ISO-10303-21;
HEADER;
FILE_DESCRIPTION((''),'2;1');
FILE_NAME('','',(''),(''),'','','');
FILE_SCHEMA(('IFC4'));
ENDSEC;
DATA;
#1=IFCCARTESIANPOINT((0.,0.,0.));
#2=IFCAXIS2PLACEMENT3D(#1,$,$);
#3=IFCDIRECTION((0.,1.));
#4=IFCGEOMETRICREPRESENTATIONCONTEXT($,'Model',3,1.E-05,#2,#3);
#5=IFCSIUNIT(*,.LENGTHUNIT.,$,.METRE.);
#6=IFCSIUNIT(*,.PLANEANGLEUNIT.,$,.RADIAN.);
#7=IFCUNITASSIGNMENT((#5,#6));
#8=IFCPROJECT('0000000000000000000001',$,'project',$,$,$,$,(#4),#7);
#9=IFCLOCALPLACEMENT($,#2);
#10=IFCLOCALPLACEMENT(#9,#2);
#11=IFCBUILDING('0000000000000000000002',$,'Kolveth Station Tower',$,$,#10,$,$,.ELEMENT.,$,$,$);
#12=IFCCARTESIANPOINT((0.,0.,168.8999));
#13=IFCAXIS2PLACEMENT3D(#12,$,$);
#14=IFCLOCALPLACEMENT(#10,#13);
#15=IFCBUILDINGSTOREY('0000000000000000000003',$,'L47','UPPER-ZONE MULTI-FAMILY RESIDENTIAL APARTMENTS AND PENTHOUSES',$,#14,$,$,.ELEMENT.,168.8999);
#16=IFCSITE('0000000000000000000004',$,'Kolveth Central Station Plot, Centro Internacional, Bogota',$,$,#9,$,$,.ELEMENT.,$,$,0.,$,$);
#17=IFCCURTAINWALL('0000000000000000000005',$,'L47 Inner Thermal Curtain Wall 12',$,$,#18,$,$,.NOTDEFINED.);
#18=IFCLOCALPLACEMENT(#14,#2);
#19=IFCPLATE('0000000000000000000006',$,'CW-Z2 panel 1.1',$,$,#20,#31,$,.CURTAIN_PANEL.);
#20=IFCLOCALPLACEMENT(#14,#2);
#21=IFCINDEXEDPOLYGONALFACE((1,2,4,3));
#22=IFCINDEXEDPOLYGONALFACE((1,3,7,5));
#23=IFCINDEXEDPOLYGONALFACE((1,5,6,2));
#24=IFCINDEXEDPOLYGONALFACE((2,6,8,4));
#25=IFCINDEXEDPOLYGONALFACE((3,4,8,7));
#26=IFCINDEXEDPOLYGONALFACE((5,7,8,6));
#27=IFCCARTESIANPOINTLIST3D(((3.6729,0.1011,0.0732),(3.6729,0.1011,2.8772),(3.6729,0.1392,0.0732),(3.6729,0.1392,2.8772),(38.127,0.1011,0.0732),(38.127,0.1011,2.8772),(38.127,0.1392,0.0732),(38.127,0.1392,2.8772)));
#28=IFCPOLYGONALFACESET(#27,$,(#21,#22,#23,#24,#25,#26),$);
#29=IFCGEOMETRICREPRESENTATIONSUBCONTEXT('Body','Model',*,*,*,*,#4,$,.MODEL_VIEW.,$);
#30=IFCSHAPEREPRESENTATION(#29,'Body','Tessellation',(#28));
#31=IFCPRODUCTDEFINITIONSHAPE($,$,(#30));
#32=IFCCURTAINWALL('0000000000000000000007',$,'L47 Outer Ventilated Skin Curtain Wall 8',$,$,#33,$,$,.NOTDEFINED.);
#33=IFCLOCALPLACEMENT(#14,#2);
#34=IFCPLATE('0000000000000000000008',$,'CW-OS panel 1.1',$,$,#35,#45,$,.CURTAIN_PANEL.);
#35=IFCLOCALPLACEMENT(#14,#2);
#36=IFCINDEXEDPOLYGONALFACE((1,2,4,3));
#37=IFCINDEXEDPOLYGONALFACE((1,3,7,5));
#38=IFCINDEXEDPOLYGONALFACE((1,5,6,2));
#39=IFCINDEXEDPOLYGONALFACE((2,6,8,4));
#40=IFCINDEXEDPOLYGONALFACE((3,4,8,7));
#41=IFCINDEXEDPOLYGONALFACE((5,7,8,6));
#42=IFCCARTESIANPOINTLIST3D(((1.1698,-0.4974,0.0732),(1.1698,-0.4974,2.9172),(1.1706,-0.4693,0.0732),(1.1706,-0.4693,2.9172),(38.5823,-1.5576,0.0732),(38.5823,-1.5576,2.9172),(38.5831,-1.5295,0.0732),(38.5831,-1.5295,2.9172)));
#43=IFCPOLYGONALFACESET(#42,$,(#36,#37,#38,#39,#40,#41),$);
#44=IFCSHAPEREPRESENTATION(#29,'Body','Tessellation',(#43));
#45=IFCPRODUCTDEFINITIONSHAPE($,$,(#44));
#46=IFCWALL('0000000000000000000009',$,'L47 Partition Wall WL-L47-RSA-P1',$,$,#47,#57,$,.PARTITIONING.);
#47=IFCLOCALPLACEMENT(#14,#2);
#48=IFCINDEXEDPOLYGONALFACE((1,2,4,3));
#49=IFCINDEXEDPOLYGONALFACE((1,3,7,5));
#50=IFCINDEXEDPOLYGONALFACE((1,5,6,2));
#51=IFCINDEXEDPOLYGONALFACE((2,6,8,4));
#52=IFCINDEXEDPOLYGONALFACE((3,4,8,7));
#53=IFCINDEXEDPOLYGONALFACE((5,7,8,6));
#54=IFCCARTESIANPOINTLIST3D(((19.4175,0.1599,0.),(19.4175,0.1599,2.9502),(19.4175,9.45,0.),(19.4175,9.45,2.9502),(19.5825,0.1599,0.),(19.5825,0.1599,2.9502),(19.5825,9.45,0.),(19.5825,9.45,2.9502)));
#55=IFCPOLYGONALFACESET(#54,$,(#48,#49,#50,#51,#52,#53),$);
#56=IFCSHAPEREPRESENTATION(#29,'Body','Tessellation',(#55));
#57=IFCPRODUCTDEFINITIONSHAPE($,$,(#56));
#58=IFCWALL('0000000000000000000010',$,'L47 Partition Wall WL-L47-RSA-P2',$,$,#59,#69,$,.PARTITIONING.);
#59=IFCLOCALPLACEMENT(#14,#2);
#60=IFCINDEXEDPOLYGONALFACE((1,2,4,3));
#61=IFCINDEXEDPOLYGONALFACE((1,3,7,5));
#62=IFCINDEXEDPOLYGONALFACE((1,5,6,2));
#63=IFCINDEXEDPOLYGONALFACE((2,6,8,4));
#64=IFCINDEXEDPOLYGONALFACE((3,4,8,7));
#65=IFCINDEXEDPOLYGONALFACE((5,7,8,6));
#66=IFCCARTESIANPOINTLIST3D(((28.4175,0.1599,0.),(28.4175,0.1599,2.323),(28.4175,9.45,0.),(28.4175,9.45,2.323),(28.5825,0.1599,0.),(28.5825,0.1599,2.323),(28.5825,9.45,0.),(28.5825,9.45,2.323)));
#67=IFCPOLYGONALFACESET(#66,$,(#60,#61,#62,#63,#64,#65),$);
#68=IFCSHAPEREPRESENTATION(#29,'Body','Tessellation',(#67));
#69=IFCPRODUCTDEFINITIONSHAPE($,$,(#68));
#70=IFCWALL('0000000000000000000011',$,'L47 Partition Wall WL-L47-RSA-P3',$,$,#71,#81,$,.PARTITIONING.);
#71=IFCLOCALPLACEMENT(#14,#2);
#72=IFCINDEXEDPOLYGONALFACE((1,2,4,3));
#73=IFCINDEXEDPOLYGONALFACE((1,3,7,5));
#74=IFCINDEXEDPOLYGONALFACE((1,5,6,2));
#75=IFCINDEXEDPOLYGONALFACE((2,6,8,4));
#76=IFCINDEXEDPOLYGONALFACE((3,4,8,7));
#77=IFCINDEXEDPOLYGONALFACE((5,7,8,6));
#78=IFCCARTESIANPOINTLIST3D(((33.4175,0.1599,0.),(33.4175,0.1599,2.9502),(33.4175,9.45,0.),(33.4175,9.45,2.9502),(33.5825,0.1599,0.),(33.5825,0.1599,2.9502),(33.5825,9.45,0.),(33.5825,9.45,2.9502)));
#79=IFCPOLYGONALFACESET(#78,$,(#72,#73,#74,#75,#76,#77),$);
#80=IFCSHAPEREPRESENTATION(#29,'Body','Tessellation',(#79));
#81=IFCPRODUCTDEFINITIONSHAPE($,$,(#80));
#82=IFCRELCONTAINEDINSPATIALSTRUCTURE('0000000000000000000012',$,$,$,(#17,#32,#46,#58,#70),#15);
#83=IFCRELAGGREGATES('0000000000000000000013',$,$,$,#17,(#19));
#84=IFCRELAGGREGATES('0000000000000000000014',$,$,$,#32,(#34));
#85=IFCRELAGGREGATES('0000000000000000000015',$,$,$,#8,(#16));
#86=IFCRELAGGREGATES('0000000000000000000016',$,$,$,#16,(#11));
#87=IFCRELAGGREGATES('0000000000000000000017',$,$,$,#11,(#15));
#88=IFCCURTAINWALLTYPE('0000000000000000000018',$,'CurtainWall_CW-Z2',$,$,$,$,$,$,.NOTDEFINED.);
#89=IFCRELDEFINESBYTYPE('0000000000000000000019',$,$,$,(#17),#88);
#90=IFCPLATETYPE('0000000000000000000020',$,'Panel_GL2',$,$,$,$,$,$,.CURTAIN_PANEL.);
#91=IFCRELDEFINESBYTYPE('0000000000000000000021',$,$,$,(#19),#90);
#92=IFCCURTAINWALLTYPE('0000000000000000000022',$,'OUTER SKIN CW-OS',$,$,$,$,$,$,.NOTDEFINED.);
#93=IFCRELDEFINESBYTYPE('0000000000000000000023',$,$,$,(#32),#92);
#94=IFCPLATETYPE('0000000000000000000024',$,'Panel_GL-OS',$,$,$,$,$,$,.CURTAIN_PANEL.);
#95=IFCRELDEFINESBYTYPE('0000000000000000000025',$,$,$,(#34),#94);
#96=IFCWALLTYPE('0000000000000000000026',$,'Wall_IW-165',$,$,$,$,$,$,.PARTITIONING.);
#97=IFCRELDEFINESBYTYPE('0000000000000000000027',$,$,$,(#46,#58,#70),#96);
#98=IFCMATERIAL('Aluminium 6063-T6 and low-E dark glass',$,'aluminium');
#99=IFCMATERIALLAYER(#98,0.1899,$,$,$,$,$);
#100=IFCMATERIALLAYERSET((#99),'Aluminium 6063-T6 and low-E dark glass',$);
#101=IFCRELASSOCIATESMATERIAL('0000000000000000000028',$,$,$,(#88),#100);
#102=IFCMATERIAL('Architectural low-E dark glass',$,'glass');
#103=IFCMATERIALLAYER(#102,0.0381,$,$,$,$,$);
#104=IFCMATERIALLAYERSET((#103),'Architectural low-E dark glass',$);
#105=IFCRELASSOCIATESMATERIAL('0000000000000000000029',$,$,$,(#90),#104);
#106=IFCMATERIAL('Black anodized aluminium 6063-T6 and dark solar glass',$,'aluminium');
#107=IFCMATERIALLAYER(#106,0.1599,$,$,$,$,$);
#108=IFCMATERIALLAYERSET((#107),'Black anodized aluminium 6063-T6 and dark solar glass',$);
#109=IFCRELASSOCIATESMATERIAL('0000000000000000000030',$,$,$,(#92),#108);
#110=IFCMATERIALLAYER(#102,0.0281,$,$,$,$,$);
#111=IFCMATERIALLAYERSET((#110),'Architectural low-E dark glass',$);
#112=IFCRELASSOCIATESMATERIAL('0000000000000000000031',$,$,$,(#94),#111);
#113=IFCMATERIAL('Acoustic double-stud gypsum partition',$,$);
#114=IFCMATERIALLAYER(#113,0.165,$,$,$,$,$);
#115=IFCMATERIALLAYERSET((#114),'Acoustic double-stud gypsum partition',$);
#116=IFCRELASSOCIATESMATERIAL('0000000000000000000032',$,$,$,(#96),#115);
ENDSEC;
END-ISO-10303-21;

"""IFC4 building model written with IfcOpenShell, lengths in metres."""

from ifc_helpers import new_model, si_unit, direction, frame, frame_2d, origin, origin_2d, place, context, subcontext, project, spatial, rectangle, extrude, source, transform, mapped, material, layer, layer_set, type_object, element, aggregate, save


model = new_model("IFC4")

# Units and contexts
model_context = context("Model", 3, precision=1e-05, world=origin(), true_north=direction((0.0, 1.0)))
body_context = subcontext(model_context, "Body", "Model", "MODEL_VIEW")
ifc_project = project(units=[si_unit("LENGTHUNIT", "METRE"), si_unit("PLANEANGLEUNIT", "RADIAN")], contexts=[model_context])

# Site, building, storey
site_placement = place(None, origin())
site = spatial("IfcSite", under=ifc_project, at=site_placement, Name="Kolveth Central Station Plot, Centro Internacional, Bogota", CompositionType="ELEMENT", RefElevation=0.0)
building_placement = place(site_placement, origin())
building = spatial("IfcBuilding", under=site, at=building_placement, Name="Kolveth Station Tower", CompositionType="ELEMENT")
storey_placement = place(building_placement, frame((0.0, 0.0, 168.8999)))
storey = spatial("IfcBuildingStorey", under=building, at=storey_placement, Name="L47", Description="UPPER-ZONE MULTI-FAMILY RESIDENTIAL APARTMENTS AND PENTHOUSES", CompositionType="ELEMENT", Elevation=168.8999)

# Curtain walls, plates
ifc_material_1 = material(Name="Aluminium 6063-T6 and low-E dark glass", Category="aluminium")
ifc_layer_1 = layer(ifc_material_1, 0.1899)
ifc_layer_set_1 = layer_set([ifc_layer_1], Name="Aluminium 6063-T6 and low-E dark glass")
curtain_wall_type_1 = type_object("IfcCurtainWallType", Name="CurtainWall_CW-Z2", PredefinedType="NOTDEFINED", material=ifc_layer_set_1)
curtain_wall_1_placement = place(storey_placement, origin())
curtain_wall_1 = element("IfcCurtainWall", 1, at=curtain_wall_1_placement, inside=storey, type_object=curtain_wall_type_1, Name="L47 Inner Thermal Curtain Wall 12", PredefinedType="NOTDEFINED")
ifc_material_2 = material(Name="Architectural low-E dark glass", Category="glass")
ifc_layer_2 = layer(ifc_material_2, 0.0381)
ifc_layer_set_2 = layer_set([ifc_layer_2], Name="Architectural low-E dark glass")
plate_type_1 = type_object("IfcPlateType", Name="Panel_GL2", PredefinedType="CURTAIN_PANEL", material=ifc_layer_set_2)
shared_shape_1 = source(origin(), body_context, "Body", "SweptSolid", [
    extrude(rectangle(XDim=34.4541, YDim=0.0381, at=origin_2d()), origin(), (0.0, 0.0, 1.0), 2.804),
])
plate_1_placement = place(storey_placement, frame((20.8999, 0.1201, 0.0732), z_axis=(0.0, 0.0, 1.0), x_axis=(1.0, 0.0, 0.0)))
plate_1 = element("IfcPlate", 2, at=plate_1_placement, type_object=plate_type_1, Name="CW-Z2 panel 1.1", PredefinedType="CURTAIN_PANEL", context=body_context, shape_type="MappedRepresentation", body=[
    mapped(shared_shape_1, transform((0.0, 0.0, 0.0), x_axis=(1.0, 0.0, 0.0), y_axis=(0.0, 1.0, 0.0), z_axis=(0.0, 0.0, 1.0), scale=1.0)),
])
aggregate(curtain_wall_1, [plate_1])
ifc_material_3 = material(Name="Black anodized aluminium 6063-T6 and dark solar glass", Category="aluminium")
ifc_layer_3 = layer(ifc_material_3, 0.1599)
ifc_layer_set_3 = layer_set([ifc_layer_3], Name="Black anodized aluminium 6063-T6 and dark solar glass")
curtain_wall_type_2 = type_object("IfcCurtainWallType", Name="OUTER SKIN CW-OS", PredefinedType="NOTDEFINED", material=ifc_layer_set_3)
curtain_wall_2_placement = place(storey_placement, origin())
curtain_wall_2 = element("IfcCurtainWall", 3, at=curtain_wall_2_placement, inside=storey, type_object=curtain_wall_type_2, Name="L47 Outer Ventilated Skin Curtain Wall 8", PredefinedType="NOTDEFINED")
ifc_layer_4 = layer(ifc_material_2, 0.0281)
ifc_layer_set_4 = layer_set([ifc_layer_4], Name="Architectural low-E dark glass")
plate_type_2 = type_object("IfcPlateType", Name="Panel_GL-OS", PredefinedType="CURTAIN_PANEL", material=ifc_layer_set_4)
shared_shape_2 = source(origin(), body_context, "Body", "SweptSolid", [
    extrude(rectangle(XDim=37.4275, YDim=0.0281, at=origin_2d()), origin(), (0.0, 0.0, 1.0), 2.844),
])
plate_2_placement = place(storey_placement, frame((19.8765, -1.0134, 0.0732), z_axis=(0.0, 0.0, 1.0), x_axis=(0.999599, -0.028327, 0.0)))
plate_2 = element("IfcPlate", 4, at=plate_2_placement, type_object=plate_type_2, Name="CW-OS panel 1.1", PredefinedType="CURTAIN_PANEL", context=body_context, shape_type="MappedRepresentation", body=[
    mapped(shared_shape_2, transform((0.0, 0.0, 0.0), x_axis=(1.0, 0.0, 0.0), y_axis=(0.0, 1.0, 0.0), z_axis=(0.0, 0.0, 1.0), scale=1.0)),
])
aggregate(curtain_wall_2, [plate_2])

# Walls
ifc_material_4 = material(Name="Acoustic double-stud gypsum partition")
ifc_layer_5 = layer(ifc_material_4, 0.165)
ifc_layer_set_5 = layer_set([ifc_layer_5], Name="Acoustic double-stud gypsum partition")
wall_type = type_object("IfcWallType", Name="Wall_IW-165", PredefinedType="PARTITIONING", material=ifc_layer_set_5)
wall_1_placement = place(storey_placement, frame((19.5, 0.1599, 0.0), z_axis=(0.0, 0.0, 1.0), x_axis=(0.0, 1.0, 0.0)))
element("IfcWall", 5, at=wall_1_placement, inside=storey, type_object=wall_type, Name="L47 Partition Wall WL-L47-RSA-P1", PredefinedType="PARTITIONING", context=body_context, shape_type="SweptSolid", body=[
    extrude(rectangle(XDim=9.29, YDim=0.165, at=frame_2d((4.645, 0.0))), origin(), (0.0, 0.0, 1.0), 2.9502),
])
wall_2_placement = place(storey_placement, frame((28.5, 0.1599, 0.0), z_axis=(0.0, 0.0, 1.0), x_axis=(0.0, 1.0, 0.0)))
element("IfcWall", 6, at=wall_2_placement, inside=storey, type_object=wall_type, Name="L47 Partition Wall WL-L47-RSA-P2", PredefinedType="PARTITIONING", context=body_context, shape_type="SweptSolid", body=[
    extrude(rectangle(XDim=9.29, YDim=0.165, at=frame_2d((4.645, 0.0))), origin(), (0.0, 0.0, 1.0), 2.323),
])
wall_3_placement = place(storey_placement, frame((33.5, 0.1599, 0.0), z_axis=(0.0, 0.0, 1.0), x_axis=(0.0, 1.0, 0.0)))
element("IfcWall", 7, at=wall_3_placement, inside=storey, type_object=wall_type, Name="L47 Partition Wall WL-L47-RSA-P3", PredefinedType="PARTITIONING", context=body_context, shape_type="SweptSolid", body=[
    extrude(rectangle(XDim=9.29, YDim=0.165, at=frame_2d((4.645, 0.0))), origin(), (0.0, 0.0, 1.0), 2.9502),
])

save(model, "model.ifc")
